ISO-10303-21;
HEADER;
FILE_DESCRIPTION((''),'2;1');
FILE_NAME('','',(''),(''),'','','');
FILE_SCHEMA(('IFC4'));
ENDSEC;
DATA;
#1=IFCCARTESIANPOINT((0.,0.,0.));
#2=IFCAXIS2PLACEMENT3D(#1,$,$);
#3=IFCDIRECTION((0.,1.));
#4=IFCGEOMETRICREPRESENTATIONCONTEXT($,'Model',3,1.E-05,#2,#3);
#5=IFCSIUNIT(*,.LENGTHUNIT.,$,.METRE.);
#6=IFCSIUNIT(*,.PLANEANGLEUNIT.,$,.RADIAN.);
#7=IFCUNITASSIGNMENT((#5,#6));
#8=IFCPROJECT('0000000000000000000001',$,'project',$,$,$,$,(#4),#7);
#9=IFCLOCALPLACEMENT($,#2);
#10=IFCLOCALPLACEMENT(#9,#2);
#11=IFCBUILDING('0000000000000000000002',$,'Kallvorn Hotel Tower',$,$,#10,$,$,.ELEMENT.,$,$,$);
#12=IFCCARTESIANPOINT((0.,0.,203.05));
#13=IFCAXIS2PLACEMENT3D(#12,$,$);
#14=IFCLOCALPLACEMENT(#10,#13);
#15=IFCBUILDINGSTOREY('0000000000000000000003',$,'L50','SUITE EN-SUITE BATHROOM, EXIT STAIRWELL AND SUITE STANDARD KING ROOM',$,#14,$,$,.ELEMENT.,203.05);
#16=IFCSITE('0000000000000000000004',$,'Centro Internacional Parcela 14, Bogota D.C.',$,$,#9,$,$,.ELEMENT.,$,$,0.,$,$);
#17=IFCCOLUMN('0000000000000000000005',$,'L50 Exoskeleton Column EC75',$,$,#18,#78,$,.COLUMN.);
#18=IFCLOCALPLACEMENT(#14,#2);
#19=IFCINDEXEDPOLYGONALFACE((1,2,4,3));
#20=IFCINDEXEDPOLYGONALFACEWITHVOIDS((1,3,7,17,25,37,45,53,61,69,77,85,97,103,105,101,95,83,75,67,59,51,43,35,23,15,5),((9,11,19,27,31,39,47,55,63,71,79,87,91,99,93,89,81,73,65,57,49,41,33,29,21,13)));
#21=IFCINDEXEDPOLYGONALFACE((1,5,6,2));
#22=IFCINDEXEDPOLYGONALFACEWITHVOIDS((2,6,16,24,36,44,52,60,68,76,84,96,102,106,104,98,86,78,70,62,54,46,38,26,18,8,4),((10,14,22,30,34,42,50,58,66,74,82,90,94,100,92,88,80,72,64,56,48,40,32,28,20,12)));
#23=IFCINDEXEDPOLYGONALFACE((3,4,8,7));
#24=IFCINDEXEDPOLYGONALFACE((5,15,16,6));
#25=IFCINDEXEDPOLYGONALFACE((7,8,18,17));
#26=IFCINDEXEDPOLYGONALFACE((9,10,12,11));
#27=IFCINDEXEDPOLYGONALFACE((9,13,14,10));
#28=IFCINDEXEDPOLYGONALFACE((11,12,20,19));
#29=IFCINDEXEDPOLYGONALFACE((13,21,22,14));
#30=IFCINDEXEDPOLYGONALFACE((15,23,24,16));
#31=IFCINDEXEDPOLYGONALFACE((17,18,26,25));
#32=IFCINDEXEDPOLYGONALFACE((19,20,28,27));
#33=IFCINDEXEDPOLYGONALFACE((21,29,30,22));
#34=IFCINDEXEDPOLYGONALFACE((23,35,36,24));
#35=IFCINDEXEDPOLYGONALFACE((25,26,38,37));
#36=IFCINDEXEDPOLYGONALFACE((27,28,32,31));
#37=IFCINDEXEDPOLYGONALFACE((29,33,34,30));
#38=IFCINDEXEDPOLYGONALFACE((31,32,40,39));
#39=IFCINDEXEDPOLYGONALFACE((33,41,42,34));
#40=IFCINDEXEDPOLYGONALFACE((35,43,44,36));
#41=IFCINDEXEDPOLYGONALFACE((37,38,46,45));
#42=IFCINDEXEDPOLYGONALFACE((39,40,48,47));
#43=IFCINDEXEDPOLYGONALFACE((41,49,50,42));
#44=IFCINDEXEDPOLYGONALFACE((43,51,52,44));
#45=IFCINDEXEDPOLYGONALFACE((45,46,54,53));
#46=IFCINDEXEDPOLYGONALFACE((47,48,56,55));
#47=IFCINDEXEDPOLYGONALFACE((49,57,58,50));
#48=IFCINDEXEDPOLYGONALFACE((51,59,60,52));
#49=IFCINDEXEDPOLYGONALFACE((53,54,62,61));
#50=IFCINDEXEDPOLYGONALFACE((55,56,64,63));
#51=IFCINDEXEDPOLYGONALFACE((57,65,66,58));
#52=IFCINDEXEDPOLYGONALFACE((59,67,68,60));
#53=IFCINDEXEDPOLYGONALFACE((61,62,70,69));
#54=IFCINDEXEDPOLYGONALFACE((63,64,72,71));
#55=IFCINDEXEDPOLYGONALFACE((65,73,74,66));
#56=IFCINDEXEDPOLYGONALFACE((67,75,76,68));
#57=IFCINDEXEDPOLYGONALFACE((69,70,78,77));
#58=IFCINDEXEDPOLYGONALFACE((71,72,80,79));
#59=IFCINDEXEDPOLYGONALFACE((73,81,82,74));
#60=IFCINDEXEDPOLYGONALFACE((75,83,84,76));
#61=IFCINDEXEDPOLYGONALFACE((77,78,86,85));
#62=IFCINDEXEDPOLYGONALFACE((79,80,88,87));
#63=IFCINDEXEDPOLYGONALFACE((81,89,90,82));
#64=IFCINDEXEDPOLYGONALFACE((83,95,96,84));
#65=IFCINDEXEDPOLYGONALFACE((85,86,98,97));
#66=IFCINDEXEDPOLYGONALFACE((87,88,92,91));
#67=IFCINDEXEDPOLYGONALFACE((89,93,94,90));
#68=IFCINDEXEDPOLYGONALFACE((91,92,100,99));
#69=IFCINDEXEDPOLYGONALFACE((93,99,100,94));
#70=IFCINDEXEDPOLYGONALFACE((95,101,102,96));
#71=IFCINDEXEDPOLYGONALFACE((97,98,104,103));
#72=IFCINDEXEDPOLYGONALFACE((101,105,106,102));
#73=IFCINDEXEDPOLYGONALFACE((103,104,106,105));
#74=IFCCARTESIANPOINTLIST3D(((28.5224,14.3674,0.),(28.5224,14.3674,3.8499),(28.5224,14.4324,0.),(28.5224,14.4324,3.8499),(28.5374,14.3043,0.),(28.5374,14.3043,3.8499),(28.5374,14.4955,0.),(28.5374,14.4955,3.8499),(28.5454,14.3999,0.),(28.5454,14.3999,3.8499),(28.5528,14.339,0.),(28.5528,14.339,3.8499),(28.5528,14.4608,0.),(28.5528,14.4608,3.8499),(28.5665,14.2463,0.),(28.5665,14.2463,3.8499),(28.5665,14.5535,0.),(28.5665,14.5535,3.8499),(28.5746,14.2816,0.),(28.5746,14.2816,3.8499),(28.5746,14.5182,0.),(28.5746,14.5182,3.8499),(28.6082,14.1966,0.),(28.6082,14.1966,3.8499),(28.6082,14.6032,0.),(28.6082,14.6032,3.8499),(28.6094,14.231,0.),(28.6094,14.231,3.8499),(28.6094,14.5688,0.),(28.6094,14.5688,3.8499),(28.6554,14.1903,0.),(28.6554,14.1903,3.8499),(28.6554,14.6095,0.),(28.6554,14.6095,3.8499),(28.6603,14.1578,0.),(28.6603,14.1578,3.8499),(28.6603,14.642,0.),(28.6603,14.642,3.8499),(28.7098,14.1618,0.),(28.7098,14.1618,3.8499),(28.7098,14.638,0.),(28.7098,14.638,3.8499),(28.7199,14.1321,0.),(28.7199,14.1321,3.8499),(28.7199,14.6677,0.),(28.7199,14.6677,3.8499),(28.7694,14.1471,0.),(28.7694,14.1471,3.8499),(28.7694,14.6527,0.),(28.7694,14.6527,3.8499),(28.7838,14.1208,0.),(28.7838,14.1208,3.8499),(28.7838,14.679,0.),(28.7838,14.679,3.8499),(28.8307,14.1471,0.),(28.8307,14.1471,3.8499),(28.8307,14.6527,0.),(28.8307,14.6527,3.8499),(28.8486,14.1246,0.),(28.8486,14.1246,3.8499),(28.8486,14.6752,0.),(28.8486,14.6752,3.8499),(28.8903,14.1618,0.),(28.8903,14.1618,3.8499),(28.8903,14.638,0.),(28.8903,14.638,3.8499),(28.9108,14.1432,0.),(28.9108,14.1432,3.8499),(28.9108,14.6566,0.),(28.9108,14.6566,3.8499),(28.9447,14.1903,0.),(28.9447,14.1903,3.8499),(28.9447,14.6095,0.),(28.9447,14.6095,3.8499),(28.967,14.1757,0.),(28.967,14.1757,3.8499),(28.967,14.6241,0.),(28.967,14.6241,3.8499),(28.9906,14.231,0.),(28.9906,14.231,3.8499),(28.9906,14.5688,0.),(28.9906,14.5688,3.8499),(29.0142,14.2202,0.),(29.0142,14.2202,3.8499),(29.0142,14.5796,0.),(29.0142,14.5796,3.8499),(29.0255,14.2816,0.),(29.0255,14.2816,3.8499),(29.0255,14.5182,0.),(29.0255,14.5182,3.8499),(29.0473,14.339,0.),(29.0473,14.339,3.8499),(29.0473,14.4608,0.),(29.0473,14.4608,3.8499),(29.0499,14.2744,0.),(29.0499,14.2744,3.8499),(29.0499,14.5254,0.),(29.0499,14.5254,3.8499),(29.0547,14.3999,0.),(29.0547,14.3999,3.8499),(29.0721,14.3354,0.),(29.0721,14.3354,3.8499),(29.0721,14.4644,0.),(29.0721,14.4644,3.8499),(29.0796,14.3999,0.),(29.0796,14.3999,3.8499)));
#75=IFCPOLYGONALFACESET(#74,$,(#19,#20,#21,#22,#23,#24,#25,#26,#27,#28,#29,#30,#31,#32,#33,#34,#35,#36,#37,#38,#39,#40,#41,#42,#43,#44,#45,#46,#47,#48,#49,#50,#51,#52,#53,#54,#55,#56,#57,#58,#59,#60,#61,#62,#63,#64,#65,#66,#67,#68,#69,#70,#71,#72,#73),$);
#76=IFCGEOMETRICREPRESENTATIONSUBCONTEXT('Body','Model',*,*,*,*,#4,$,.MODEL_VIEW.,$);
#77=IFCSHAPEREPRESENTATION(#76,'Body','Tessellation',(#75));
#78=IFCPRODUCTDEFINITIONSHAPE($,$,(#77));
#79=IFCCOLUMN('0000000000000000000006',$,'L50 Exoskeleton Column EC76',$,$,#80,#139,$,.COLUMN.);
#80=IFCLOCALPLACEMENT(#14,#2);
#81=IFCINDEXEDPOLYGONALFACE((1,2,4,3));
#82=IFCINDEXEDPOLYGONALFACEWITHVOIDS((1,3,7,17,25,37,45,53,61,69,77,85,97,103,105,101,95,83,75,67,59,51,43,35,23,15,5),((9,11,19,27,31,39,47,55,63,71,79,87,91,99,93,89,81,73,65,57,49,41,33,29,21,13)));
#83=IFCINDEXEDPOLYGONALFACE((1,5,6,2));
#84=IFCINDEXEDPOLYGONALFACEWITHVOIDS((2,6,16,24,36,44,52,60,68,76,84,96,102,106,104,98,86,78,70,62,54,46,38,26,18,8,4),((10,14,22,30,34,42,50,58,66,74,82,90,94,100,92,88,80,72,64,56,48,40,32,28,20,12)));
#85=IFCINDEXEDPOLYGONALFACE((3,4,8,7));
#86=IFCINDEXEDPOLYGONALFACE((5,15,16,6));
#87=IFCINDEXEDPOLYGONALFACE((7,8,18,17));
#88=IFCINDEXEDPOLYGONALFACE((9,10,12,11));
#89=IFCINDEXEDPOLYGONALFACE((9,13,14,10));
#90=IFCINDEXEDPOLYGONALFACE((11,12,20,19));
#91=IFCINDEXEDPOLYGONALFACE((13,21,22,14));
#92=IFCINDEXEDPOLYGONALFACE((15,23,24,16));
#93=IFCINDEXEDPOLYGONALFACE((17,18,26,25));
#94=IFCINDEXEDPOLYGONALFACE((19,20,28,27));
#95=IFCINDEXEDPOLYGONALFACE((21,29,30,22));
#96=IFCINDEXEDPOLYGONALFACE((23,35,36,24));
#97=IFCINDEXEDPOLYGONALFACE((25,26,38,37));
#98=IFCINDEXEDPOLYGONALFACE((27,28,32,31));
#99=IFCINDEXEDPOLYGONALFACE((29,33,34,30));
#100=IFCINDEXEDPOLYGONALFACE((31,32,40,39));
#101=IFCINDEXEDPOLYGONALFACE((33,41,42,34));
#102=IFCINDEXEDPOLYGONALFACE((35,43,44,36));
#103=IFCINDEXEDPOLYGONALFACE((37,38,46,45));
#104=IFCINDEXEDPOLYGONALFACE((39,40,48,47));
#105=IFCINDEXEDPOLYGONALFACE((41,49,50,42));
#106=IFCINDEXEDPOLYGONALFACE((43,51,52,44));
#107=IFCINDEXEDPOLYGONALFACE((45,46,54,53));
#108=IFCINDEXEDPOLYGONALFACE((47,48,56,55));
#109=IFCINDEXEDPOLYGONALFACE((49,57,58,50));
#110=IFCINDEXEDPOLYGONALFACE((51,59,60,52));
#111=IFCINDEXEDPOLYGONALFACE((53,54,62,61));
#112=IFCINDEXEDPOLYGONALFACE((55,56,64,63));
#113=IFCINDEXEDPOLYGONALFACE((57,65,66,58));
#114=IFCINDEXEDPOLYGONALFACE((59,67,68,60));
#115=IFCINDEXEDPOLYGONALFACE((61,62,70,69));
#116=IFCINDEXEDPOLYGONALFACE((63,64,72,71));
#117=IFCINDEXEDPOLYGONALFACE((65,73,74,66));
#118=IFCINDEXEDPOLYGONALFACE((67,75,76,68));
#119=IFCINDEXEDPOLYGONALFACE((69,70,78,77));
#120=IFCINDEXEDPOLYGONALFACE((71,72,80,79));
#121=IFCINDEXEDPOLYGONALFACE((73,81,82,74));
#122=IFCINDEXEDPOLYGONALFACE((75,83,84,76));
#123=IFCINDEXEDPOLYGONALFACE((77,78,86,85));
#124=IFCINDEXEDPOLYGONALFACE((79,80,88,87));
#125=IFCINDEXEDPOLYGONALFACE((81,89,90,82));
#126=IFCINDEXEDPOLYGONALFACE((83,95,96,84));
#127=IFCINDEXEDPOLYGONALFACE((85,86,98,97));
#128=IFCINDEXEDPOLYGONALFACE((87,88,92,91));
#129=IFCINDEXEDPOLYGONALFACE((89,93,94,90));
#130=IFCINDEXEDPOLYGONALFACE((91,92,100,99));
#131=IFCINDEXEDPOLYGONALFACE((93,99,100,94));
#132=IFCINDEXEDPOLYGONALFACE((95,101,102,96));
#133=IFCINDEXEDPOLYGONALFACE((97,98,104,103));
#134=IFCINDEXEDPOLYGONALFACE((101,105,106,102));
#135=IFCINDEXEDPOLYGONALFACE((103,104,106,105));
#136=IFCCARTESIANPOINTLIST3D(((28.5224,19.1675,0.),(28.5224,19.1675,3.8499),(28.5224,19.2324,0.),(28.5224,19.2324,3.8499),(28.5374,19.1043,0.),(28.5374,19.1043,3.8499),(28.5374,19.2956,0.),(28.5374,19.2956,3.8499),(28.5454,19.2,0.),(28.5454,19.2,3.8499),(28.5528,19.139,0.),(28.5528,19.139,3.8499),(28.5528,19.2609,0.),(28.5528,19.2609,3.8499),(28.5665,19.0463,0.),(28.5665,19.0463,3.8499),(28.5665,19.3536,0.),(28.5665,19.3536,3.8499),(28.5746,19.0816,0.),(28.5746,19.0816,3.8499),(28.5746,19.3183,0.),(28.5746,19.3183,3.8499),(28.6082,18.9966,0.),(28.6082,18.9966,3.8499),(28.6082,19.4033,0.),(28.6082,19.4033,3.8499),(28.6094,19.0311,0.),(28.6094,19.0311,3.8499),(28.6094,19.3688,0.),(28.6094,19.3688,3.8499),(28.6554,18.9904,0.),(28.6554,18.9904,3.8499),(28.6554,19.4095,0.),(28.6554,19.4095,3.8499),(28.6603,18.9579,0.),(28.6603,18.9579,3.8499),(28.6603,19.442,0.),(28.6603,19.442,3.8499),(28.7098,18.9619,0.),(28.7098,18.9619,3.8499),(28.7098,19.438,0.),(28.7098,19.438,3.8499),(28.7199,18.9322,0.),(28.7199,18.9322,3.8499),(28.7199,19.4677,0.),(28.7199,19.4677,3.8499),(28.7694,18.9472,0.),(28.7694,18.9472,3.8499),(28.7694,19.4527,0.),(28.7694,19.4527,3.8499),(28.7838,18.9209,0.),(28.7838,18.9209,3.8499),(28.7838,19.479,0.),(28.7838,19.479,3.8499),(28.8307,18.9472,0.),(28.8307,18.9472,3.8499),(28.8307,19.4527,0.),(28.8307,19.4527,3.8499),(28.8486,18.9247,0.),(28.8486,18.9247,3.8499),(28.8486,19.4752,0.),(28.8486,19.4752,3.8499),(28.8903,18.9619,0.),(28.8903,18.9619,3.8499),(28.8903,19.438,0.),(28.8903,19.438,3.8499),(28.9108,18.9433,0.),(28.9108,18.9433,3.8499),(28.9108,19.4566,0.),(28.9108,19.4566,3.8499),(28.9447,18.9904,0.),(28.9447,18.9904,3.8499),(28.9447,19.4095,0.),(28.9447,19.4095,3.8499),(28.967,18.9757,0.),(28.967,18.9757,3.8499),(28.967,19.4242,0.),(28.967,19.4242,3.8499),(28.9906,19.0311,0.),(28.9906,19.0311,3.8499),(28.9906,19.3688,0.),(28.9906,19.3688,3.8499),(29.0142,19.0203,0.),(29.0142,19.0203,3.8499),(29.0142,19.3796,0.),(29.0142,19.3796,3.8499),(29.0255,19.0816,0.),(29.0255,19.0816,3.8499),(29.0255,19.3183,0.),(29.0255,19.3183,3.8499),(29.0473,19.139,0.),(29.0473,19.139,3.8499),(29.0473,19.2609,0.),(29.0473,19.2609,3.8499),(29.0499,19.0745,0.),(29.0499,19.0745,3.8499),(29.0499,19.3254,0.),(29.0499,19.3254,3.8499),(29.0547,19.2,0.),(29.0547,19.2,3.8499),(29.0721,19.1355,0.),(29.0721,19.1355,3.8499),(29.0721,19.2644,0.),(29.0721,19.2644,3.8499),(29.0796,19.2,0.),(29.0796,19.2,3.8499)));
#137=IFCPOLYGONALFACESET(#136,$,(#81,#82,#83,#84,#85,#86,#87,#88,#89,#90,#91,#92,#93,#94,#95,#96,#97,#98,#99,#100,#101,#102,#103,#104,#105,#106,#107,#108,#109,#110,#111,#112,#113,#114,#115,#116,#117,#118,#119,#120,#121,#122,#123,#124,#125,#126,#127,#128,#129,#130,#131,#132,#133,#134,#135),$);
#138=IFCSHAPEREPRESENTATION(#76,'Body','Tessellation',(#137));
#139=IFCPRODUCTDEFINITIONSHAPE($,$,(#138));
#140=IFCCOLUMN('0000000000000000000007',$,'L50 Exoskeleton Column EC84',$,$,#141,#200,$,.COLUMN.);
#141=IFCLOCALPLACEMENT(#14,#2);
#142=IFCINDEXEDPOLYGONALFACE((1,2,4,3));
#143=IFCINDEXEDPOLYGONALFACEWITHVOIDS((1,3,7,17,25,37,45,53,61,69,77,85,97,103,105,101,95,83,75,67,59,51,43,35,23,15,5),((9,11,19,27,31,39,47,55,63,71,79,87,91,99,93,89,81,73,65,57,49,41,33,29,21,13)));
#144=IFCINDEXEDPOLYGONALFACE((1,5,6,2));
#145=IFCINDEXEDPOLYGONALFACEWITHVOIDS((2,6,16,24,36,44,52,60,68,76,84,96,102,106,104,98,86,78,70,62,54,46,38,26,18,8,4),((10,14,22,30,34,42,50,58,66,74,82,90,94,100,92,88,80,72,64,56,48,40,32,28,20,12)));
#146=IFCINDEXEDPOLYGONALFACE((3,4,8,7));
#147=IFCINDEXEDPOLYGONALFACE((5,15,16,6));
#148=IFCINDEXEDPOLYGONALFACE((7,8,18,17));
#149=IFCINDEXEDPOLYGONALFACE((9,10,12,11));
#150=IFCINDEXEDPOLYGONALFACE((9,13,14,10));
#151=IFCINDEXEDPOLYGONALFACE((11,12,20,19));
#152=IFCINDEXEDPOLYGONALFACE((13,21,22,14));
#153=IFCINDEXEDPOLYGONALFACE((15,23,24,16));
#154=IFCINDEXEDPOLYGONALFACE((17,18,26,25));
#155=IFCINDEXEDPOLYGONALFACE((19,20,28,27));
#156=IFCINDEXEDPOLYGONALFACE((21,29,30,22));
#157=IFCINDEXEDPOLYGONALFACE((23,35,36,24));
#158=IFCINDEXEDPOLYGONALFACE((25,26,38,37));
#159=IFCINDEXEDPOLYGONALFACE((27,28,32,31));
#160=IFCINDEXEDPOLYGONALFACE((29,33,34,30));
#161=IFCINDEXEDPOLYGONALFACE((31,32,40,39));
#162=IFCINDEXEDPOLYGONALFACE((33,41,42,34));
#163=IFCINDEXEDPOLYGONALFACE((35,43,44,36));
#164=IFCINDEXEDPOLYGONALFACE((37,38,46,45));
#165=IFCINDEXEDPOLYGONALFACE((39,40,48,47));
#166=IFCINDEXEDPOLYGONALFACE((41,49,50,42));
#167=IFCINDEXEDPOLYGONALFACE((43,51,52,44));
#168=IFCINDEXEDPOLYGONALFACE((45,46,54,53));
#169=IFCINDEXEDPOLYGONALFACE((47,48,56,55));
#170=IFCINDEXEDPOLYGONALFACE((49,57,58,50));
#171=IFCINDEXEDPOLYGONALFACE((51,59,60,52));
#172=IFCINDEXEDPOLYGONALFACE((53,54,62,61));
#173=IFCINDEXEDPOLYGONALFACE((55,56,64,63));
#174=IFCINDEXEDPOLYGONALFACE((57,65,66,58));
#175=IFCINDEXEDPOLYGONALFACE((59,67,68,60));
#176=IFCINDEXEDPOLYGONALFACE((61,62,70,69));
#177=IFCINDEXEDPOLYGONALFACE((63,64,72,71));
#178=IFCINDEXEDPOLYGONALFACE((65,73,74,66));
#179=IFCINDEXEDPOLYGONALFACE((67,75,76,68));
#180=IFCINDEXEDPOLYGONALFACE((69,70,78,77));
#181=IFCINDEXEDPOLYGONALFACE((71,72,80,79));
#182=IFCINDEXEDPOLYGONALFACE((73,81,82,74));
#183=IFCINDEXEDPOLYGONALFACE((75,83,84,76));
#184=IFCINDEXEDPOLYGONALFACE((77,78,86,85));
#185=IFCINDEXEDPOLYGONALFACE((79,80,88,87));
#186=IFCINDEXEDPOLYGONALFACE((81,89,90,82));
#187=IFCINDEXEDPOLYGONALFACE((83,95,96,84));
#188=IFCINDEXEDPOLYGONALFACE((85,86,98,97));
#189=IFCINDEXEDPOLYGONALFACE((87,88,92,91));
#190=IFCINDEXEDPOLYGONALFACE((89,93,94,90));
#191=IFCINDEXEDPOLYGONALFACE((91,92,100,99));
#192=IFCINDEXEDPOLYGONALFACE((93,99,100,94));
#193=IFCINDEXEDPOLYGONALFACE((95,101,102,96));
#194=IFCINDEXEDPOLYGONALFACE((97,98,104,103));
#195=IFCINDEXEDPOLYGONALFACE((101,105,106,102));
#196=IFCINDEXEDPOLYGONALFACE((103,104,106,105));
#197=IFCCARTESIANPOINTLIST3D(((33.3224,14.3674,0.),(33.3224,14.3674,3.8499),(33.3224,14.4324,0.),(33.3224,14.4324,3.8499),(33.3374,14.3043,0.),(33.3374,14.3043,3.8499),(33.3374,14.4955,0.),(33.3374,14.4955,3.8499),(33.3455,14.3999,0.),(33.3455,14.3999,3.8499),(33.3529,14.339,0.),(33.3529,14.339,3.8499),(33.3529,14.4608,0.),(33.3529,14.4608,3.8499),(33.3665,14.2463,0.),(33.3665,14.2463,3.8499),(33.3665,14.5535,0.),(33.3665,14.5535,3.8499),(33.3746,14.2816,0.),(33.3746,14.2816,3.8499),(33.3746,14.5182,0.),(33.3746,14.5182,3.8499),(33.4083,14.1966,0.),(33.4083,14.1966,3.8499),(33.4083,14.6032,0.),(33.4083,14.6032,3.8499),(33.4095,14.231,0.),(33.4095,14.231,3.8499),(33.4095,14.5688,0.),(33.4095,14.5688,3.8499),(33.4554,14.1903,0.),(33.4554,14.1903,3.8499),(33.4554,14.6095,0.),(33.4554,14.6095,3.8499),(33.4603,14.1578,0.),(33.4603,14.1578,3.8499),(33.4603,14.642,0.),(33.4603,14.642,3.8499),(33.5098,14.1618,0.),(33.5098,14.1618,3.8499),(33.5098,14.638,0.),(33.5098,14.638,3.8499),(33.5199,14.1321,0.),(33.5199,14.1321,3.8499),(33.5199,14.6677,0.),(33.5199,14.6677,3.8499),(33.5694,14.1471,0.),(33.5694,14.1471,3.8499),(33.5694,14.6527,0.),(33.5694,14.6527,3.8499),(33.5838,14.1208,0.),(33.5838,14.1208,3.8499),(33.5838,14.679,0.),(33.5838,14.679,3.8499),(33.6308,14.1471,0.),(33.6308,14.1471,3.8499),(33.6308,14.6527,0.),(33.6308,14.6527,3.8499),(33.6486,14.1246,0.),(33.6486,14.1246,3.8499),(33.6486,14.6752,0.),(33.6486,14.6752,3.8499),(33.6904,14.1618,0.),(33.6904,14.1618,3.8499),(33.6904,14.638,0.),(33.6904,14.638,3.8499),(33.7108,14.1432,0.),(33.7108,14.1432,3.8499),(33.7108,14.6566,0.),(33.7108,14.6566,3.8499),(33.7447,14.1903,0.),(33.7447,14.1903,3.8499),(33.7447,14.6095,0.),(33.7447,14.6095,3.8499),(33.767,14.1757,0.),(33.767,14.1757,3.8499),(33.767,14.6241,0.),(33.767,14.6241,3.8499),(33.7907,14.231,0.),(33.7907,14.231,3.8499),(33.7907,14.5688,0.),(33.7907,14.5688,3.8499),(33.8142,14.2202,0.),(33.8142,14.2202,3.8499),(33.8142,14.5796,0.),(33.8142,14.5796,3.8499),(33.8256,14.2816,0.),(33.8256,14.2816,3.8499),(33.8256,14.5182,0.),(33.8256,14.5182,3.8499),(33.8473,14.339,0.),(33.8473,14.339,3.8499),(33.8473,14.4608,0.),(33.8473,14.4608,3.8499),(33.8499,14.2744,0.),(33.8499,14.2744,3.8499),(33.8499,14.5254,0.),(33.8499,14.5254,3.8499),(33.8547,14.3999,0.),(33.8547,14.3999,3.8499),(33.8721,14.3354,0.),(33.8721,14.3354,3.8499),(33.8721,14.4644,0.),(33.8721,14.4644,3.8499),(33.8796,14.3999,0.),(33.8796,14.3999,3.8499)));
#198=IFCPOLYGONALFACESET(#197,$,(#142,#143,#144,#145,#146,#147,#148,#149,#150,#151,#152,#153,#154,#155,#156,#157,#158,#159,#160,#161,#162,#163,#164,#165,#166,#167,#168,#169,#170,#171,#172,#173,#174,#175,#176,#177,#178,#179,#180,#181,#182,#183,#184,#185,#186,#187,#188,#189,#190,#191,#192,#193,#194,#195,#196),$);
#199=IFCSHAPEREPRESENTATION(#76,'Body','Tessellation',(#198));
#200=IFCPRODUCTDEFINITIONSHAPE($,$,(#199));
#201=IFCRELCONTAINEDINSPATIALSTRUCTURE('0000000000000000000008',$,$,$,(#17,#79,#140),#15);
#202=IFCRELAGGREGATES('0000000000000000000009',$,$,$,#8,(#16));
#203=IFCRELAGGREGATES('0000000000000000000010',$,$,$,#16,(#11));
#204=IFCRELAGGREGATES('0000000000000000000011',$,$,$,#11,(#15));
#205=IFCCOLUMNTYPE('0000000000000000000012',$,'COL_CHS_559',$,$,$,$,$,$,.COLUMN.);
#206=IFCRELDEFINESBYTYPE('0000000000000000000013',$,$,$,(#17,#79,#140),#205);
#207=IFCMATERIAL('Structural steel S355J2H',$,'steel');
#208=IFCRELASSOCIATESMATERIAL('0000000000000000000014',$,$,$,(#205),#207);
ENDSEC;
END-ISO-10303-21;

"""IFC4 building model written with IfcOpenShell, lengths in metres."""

from ifc_helpers import new_model, si_unit, direction, frame, origin, origin_2d, place, context, subcontext, project, spatial, hollow_circle, extrude, material, material_profile, profile_set, type_object, element, save


model = new_model("IFC4")

# Units and contexts
model_context = context("Model", 3, precision=1e-05, world=origin(), true_north=direction((0.0, 1.0)))
body_context = subcontext(model_context, "Body", "Model", "MODEL_VIEW")
ifc_project = project(units=[si_unit("LENGTHUNIT", "METRE"), si_unit("PLANEANGLEUNIT", "RADIAN")], contexts=[model_context])

# Site, building, storey
site_placement = place(None, origin())
site = spatial("IfcSite", under=ifc_project, at=site_placement, Name="Centro Internacional Parcela 14, Bogota D.C.", CompositionType="ELEMENT", RefElevation=0.0)
building_placement = place(site_placement, origin())
building = spatial("IfcBuilding", under=site, at=building_placement, Name="Kallvorn Hotel Tower", CompositionType="ELEMENT")
storey_placement = place(building_placement, frame((0.0, 0.0, 203.05)))
storey = spatial("IfcBuildingStorey", under=building, at=storey_placement, Name="L50", Description="SUITE EN-SUITE BATHROOM, EXIT STAIRWELL AND SUITE STANDARD KING ROOM", CompositionType="ELEMENT", Elevation=203.05)

# Columns
ifc_material_1 = material(Name="Structural steel S355J2H", Category="steel")
ifc_material_profile_1 = material_profile(ifc_material_1, hollow_circle(Radius=0.2795, WallThickness=0.0249, at=origin_2d()), Name="CHS 559x25")
ifc_profile_set_1 = profile_set([ifc_material_profile_1], Name="Structural steel S355J2H")
column_type_1 = type_object("IfcColumnType", Name="COL_CHS_559", PredefinedType="COLUMN", material=ifc_profile_set_1)
for number, where, z_axis, x_axis, name in (
    (1, (28.8, 14.3999, 0.0), (0.0, 0.0, 1.0), (1.0, 0.0, 0.0), "L50 Exoskeleton Column EC75"),
    (2, (28.8, 19.2, 0.0), (0.0, 0.0, 1.0), (1.0, 0.0, 0.0), "L50 Exoskeleton Column EC76"),
    (3, (33.6001, 14.3999, 0.0), (0.0, 0.0, 1.0), (1.0, 0.0, 0.0), "L50 Exoskeleton Column EC84"),
):
    element("IfcColumn", number, at=place(storey_placement, frame(where, z_axis=z_axis, x_axis=x_axis)), inside=storey, type_object=column_type_1, Name=name, PredefinedType="COLUMN", context=body_context, shape_type="SweptSolid", body=[
        extrude(hollow_circle(Radius=0.2795, WallThickness=0.0249, at=origin_2d()), origin(), (0.0, 0.0, 1.0), 3.8499),
    ])

save(model, "model.ifc")
